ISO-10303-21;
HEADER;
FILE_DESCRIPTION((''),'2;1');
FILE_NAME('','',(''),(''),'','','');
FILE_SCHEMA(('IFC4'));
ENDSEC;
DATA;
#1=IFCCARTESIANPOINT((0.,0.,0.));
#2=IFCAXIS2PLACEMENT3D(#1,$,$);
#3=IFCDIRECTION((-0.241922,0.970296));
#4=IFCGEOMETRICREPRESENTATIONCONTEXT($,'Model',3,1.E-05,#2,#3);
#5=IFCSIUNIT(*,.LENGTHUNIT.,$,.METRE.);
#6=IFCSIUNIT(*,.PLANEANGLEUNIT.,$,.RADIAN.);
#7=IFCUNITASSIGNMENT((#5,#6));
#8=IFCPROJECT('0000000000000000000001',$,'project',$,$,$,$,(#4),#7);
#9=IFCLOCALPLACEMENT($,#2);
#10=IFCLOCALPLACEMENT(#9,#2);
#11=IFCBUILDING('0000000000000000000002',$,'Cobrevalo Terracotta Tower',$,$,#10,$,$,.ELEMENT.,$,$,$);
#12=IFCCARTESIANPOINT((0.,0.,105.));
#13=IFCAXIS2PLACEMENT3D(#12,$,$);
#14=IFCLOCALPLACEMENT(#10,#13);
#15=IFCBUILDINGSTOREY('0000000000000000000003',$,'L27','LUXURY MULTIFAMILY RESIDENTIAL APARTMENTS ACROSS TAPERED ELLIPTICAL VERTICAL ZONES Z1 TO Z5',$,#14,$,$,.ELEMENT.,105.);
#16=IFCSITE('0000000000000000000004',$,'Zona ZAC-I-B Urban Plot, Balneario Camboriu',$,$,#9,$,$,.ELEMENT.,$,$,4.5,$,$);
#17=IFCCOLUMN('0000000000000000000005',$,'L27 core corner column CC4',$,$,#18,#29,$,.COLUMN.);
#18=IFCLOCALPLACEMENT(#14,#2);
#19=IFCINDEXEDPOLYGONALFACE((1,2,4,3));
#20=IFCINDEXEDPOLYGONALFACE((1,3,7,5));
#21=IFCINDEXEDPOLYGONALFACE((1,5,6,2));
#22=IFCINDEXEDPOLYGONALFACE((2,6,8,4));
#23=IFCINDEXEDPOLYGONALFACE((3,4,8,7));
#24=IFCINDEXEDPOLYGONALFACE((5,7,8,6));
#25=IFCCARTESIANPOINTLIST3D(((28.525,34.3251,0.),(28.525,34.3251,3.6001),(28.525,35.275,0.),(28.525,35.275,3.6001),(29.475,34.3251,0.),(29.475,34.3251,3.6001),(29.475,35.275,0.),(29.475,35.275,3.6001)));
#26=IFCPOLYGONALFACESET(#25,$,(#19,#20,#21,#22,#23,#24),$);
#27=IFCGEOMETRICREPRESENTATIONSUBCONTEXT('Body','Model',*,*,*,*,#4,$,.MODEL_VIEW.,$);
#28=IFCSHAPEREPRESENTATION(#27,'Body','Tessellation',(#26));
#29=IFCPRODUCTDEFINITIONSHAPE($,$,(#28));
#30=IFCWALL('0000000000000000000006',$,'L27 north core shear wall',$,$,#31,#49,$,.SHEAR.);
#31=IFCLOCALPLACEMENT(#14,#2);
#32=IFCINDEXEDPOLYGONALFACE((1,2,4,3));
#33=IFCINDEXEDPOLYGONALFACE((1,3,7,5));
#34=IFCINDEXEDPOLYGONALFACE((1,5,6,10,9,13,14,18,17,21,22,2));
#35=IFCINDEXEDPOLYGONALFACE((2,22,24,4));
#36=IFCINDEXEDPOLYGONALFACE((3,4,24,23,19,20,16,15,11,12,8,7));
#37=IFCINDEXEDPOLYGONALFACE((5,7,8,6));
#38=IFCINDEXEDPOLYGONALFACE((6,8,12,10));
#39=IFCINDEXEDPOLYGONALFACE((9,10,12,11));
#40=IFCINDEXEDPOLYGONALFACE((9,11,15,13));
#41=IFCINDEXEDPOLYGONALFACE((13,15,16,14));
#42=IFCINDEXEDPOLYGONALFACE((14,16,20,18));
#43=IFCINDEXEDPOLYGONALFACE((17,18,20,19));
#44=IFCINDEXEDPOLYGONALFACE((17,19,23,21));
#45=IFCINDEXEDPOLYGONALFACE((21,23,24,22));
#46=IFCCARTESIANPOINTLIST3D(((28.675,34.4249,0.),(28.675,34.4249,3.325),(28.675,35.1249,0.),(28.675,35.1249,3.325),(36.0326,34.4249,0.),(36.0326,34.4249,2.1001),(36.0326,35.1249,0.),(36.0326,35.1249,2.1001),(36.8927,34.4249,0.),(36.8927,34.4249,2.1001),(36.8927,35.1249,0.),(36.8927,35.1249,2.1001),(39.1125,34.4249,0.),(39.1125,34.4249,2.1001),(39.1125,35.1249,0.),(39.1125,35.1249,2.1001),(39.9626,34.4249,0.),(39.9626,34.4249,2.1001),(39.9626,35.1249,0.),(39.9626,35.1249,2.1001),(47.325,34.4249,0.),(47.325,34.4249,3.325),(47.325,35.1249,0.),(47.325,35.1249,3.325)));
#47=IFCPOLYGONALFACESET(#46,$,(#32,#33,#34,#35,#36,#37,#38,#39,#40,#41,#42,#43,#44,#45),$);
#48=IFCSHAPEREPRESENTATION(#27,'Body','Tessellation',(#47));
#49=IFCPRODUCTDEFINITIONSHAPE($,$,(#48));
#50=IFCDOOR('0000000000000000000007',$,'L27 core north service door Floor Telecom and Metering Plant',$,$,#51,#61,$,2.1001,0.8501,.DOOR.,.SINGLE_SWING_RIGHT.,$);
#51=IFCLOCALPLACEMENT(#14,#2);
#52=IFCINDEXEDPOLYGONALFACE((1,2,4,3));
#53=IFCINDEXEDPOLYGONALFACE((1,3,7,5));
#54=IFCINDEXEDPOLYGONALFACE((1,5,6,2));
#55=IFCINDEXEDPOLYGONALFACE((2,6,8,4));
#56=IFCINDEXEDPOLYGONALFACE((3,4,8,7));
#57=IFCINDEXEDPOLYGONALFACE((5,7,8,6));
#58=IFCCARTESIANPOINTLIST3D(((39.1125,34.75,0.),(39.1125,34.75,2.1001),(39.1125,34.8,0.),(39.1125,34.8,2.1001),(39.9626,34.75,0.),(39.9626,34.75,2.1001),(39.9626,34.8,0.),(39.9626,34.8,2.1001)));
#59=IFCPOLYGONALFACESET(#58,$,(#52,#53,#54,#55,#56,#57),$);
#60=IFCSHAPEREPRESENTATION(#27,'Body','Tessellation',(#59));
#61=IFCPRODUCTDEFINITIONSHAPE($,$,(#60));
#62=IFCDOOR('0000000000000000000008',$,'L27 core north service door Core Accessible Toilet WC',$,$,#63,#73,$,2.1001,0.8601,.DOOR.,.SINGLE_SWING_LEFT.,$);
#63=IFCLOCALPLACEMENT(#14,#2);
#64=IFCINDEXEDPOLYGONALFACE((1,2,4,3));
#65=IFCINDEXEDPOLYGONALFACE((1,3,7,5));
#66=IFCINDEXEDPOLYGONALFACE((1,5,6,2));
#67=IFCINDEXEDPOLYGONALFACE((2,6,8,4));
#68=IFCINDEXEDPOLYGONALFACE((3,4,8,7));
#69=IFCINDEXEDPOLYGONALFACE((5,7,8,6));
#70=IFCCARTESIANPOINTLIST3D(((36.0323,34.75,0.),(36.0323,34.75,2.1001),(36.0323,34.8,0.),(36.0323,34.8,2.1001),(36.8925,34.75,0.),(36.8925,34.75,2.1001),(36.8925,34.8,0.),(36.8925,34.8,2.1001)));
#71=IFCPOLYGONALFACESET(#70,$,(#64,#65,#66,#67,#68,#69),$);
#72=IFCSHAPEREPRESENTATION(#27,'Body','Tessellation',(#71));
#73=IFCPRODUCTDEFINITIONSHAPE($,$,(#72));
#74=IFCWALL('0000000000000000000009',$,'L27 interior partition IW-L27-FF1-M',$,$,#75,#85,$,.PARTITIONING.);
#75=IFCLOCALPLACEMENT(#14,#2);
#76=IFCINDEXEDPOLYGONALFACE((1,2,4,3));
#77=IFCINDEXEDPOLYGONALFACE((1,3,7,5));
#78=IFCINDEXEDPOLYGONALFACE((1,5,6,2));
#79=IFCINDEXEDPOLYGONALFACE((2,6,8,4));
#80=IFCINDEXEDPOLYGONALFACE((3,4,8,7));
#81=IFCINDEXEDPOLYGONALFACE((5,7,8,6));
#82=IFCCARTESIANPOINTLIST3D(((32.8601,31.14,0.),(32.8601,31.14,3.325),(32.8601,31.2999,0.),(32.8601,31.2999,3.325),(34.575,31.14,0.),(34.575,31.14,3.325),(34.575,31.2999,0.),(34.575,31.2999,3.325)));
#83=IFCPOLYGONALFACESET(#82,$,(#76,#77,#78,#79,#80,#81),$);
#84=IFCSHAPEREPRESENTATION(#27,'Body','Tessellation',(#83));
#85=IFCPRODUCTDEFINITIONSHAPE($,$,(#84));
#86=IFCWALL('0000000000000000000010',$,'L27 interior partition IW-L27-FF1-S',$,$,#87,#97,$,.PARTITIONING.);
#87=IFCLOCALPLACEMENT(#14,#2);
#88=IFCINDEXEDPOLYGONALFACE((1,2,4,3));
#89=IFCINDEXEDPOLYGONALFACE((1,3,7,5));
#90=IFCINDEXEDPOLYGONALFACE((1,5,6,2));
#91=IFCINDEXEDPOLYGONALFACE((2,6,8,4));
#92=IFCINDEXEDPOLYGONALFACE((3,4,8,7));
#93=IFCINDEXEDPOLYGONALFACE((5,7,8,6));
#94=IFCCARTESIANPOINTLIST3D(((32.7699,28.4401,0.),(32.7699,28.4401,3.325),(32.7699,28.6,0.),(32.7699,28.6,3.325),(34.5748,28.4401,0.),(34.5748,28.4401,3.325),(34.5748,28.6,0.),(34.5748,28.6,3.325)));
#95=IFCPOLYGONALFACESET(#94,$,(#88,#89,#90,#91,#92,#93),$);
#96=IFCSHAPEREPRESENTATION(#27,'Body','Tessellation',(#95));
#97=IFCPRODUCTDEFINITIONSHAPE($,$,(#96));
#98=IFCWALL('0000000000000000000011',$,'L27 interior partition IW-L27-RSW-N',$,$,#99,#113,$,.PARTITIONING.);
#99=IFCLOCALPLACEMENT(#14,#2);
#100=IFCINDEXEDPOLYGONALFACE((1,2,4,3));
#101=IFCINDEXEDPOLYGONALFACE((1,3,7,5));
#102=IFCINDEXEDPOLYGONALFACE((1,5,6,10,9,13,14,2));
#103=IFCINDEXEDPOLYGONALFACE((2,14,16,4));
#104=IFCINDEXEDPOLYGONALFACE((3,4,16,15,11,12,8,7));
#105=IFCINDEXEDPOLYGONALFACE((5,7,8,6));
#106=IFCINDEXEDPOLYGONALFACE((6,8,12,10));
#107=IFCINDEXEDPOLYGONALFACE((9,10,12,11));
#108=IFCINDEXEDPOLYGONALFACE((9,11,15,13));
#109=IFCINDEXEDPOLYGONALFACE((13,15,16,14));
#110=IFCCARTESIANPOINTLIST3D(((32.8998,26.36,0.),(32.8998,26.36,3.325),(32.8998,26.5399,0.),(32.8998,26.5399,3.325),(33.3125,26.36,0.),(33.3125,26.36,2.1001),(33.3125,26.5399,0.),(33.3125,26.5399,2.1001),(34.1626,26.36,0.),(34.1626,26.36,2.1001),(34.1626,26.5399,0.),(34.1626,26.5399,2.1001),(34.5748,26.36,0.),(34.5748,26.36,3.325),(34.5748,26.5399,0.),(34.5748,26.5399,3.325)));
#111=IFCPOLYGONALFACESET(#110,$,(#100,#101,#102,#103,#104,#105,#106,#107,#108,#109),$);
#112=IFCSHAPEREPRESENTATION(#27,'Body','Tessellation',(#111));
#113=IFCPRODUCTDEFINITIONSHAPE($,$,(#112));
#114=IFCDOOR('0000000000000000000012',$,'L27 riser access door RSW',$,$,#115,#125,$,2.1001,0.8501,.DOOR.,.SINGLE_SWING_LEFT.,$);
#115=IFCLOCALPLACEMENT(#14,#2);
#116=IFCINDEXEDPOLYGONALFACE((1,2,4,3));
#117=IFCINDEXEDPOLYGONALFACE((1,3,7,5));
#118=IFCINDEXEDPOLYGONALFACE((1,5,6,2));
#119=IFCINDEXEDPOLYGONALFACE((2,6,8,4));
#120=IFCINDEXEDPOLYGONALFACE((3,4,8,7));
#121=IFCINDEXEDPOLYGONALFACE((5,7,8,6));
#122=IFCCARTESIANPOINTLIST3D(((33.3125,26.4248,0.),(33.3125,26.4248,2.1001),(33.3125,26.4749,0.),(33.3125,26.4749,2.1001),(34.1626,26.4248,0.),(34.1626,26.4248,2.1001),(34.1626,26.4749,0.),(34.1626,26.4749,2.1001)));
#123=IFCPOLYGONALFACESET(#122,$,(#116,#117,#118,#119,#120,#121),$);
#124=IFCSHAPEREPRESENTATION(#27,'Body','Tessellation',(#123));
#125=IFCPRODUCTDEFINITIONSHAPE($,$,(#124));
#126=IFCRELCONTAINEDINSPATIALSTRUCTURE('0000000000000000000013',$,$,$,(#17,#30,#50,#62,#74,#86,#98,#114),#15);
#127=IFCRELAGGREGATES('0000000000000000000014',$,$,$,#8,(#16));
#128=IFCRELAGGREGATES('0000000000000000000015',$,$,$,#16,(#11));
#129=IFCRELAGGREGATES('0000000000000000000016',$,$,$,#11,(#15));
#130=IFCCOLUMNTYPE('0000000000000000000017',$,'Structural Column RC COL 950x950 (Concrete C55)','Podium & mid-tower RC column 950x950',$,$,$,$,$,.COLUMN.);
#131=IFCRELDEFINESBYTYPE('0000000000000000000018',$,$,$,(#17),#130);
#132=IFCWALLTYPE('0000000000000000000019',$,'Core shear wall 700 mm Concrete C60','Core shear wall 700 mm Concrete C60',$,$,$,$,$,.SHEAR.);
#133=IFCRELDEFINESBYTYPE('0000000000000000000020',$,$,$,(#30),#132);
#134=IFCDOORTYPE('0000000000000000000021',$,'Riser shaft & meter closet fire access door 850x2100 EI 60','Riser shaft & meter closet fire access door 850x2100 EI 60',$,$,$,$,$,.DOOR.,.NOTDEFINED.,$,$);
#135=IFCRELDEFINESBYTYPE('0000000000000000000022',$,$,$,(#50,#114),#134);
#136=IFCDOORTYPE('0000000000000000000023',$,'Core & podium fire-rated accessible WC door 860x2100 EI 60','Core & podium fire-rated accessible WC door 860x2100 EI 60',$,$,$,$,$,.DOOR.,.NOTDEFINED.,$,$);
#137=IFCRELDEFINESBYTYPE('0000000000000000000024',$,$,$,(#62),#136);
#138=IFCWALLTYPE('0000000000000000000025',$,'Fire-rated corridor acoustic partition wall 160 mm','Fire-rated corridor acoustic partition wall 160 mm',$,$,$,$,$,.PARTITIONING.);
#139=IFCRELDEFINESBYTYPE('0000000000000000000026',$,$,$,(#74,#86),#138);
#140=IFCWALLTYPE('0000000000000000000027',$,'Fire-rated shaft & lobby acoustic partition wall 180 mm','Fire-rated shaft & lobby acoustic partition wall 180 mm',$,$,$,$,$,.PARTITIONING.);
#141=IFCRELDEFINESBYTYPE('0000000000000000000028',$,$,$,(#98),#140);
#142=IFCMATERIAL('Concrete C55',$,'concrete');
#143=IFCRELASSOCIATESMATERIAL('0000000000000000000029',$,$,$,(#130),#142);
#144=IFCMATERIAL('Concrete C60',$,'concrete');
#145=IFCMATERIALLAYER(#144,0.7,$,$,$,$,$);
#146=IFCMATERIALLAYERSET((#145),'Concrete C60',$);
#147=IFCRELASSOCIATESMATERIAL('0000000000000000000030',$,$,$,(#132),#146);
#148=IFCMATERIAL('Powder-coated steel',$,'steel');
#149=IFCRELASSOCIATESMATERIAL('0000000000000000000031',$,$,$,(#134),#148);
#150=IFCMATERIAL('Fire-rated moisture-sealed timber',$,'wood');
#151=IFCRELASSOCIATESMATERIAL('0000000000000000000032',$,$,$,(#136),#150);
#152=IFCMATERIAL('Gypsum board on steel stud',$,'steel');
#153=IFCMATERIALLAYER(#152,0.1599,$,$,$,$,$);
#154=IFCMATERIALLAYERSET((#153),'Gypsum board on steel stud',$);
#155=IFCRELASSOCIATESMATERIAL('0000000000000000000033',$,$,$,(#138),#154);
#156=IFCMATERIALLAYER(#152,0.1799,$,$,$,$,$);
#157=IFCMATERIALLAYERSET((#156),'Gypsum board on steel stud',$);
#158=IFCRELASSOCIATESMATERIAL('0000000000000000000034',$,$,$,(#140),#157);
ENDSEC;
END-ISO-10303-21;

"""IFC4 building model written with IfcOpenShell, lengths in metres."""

from ifc_helpers import new_model, si_unit, direction, frame, frame_2d, origin, origin_2d, place, context, subcontext, project, spatial, rectangle, extrude, source, transform, mapped, material, layer, layer_set, material_profile, profile_set, type_object, element, fill, save


model = new_model("IFC4")

# Units and contexts
model_context = context("Model", 3, precision=1e-05, world=origin(), true_north=direction((-0.241922, 0.970296)))
body_context = subcontext(model_context, "Body", "Model", "MODEL_VIEW")
ifc_project = project(units=[si_unit("LENGTHUNIT", "METRE"), si_unit("PLANEANGLEUNIT", "RADIAN")], contexts=[model_context])

# Site, building, storey
site_placement = place(None, origin())
site = spatial("IfcSite", under=ifc_project, at=site_placement, Name="Zona ZAC-I-B Urban Plot, Balneario Camboriu", CompositionType="ELEMENT", RefElevation=4.5)
building_placement = place(site_placement, origin())
building = spatial("IfcBuilding", under=site, at=building_placement, Name="Cobrevalo Terracotta Tower", CompositionType="ELEMENT")
storey_placement = place(building_placement, frame((0.0, 0.0, 105.0)))
storey = spatial("IfcBuildingStorey", under=building, at=storey_placement, Name="L27", Description="LUXURY MULTIFAMILY RESIDENTIAL APARTMENTS ACROSS TAPERED ELLIPTICAL VERTICAL ZONES Z1 TO Z5", CompositionType="ELEMENT", Elevation=105.0)

# Column
ifc_material_1 = material(Name="Concrete C55", Category="concrete")
ifc_material_profile = material_profile(ifc_material_1, rectangle(XDim=0.95, YDim=0.95, at=origin_2d()), Name="RC COL 950x950")
ifc_profile_set = profile_set([ifc_material_profile], Name="Concrete C55")
column_type = type_object("IfcColumnType", Name="Structural Column RC COL 950x950 (Concrete C55)", Description="Podium & mid-tower RC column 950x950", PredefinedType="COLUMN", material=ifc_profile_set)
column_placement = place(storey_placement, frame((29.0, 34.8, 0.0), z_axis=(0.0, 0.0, 1.0), x_axis=(1.0, 0.0, 0.0)))
element("IfcColumn", 1, at=column_placement, inside=storey, type_object=column_type, Name="L27 core corner column CC4", PredefinedType="COLUMN", context=body_context, shape_type="SweptSolid", body=[
    extrude(rectangle(XDim=0.95, YDim=0.95, at=origin_2d()), origin(), (0.0, 0.0, 1.0), 3.6001),
])

# Wall, openings, doors
ifc_material_2 = material(Name="Concrete C60", Category="concrete")
ifc_layer_1 = layer(ifc_material_2, 0.7)
ifc_layer_set_1 = layer_set([ifc_layer_1], Name="Concrete C60")
wall_type_1 = type_object("IfcWallType", Name="Core shear wall 700 mm Concrete C60", Description="Core shear wall 700 mm Concrete C60", PredefinedType="SHEAR", material=ifc_layer_set_1)
wall_1_placement = place(storey_placement, frame((28.675, 34.7749, 0.0), z_axis=(0.0, 0.0, 1.0), x_axis=(1.0, 0.0, 0.0)))
wall_1 = element("IfcWall", 2, at=wall_1_placement, inside=storey, type_object=wall_type_1, Name="L27 north core shear wall", PredefinedType="SHEAR", context=body_context, shape_type="SweptSolid", body=[
    extrude(rectangle(XDim=18.6499, YDim=0.7, at=frame_2d((9.325, 0.0))), origin(), (0.0, 0.0, 1.0), 3.325),
])
opening_1_placement = place(wall_1_placement, frame((7.3574, 0.0, 0.0)))
opening_1 = element("IfcOpeningElement", 3, at=opening_1_placement, cuts=wall_1, PredefinedType="OPENING", context=body_context, shape_type="SweptSolid", body=[
    extrude(rectangle(XDim=0.8601, YDim=2.1001, at=frame_2d((0.4302, 1.05))), frame((0.0, 0.3599, 0.0), z_axis=(0.0, -1.0, 0.0), x_axis=(1.0, 0.0, 0.0)), (0.0, 0.0, 1.0), 0.72),
])
opening_2_placement = place(wall_1_placement, frame((10.4375, 0.0, 0.0)))
opening_2 = element("IfcOpeningElement", 4, at=opening_2_placement, cuts=wall_1, PredefinedType="OPENING", context=body_context, shape_type="SweptSolid", body=[
    extrude(rectangle(XDim=0.8501, YDim=2.1001, at=frame_2d((0.425, 1.05))), frame((0.0, 0.3599, 0.0), z_axis=(0.0, -1.0, 0.0), x_axis=(1.0, 0.0, 0.0)), (0.0, 0.0, 1.0), 0.72),
])
ifc_material_3 = material(Name="Powder-coated steel", Category="steel")
door_type_1 = type_object("IfcDoorType", Name="Riser shaft & meter closet fire access door 850x2100 EI 60", Description="Riser shaft & meter closet fire access door 850x2100 EI 60", OperationType="NOTDEFINED", PredefinedType="DOOR", material=ifc_material_3)
shared_shape_1 = source(origin(), body_context, "Body", "SweptSolid", [
    extrude(rectangle(XDim=0.8501, YDim=2.1001, at=frame_2d((0.425, 1.05))), frame((0.0, 0.0249, 0.0), z_axis=(0.0, -1.0, 0.0), x_axis=(1.0, 0.0, 0.0)), (0.0, 0.0, 1.0), 0.05),
])
door_1_placement = place(opening_2_placement, frame((0.8501, 0.0, 0.0), z_axis=(0.0, 0.0, 1.0), x_axis=(-1.0, 0.0, 0.0)))
door_1 = element("IfcDoor", 5, at=door_1_placement, inside=storey, type_object=door_type_1, Name="L27 core north service door Floor Telecom and Metering Plant", OperationType="SINGLE_SWING_RIGHT", OverallHeight=2.1001, OverallWidth=0.8501, PredefinedType="DOOR", context=body_context, shape_type="MappedRepresentation", body=[
    mapped(shared_shape_1, transform((0.0, 0.0, 0.0), scale=1.0)),
])
fill(opening_2, door_1)
ifc_material_4 = material(Name="Fire-rated moisture-sealed timber", Category="wood")
door_type_2 = type_object("IfcDoorType", Name="Core & podium fire-rated accessible WC door 860x2100 EI 60", Description="Core & podium fire-rated accessible WC door 860x2100 EI 60", OperationType="NOTDEFINED", PredefinedType="DOOR", material=ifc_material_4)
shared_shape_2 = source(origin(), body_context, "Body", "SweptSolid", [
    extrude(rectangle(XDim=0.8601, YDim=2.1001, at=frame_2d((0.4302, 1.05))), frame((0.0, 0.0249, 0.0), z_axis=(0.0, -1.0, 0.0), x_axis=(1.0, 0.0, 0.0)), (0.0, 0.0, 1.0), 0.05),
])
door_2_placement = place(opening_1_placement, frame((0.8601, 0.0, 0.0), z_axis=(0.0, 0.0, 1.0), x_axis=(-1.0, 0.0, 0.0)))
door_2 = element("IfcDoor", 6, at=door_2_placement, inside=storey, type_object=door_type_2, Name="L27 core north service door Core Accessible Toilet WC", OperationType="SINGLE_SWING_LEFT", OverallHeight=2.1001, OverallWidth=0.8601, PredefinedType="DOOR", context=body_context, shape_type="MappedRepresentation", body=[
    mapped(shared_shape_2, transform((0.0, 0.0, 0.0), scale=1.0)),
])
fill(opening_1, door_2)

# Walls
ifc_material_5 = material(Name="Gypsum board on steel stud", Category="steel")
ifc_layer_2 = layer(ifc_material_5, 0.1599)
ifc_layer_set_2 = layer_set([ifc_layer_2], Name="Gypsum board on steel stud")
wall_type_2 = type_object("IfcWallType", Name="Fire-rated corridor acoustic partition wall 160 mm", Description="Fire-rated corridor acoustic partition wall 160 mm", PredefinedType="PARTITIONING", material=ifc_layer_set_2)
wall_2_placement = place(storey_placement, frame((32.8601, 31.22, 0.0), z_axis=(0.0, 0.0, 1.0), x_axis=(1.0, 0.0, 0.0)))
element("IfcWall", 7, at=wall_2_placement, inside=storey, type_object=wall_type_2, Name="L27 interior partition IW-L27-FF1-M", PredefinedType="PARTITIONING", context=body_context, shape_type="SweptSolid", body=[
    extrude(rectangle(XDim=1.7148, YDim=0.1599, at=frame_2d((0.8574, 0.0))), origin(), (0.0, 0.0, 1.0), 3.325),
])
wall_3_placement = place(storey_placement, frame((32.77, 28.52, 0.0), z_axis=(0.0, 0.0, 1.0), x_axis=(1.0, 0.0, 0.0)))
element("IfcWall", 8, at=wall_3_placement, inside=storey, type_object=wall_type_2, Name="L27 interior partition IW-L27-FF1-S", PredefinedType="PARTITIONING", context=body_context, shape_type="SweptSolid", body=[
    extrude(rectangle(XDim=1.8049, YDim=0.1599, at=frame_2d((0.9023, 0.0))), origin(), (0.0, 0.0, 1.0), 3.325),
])

# Wall, opening, door
ifc_layer_3 = layer(ifc_material_5, 0.1799)
ifc_layer_set_3 = layer_set([ifc_layer_3], Name="Gypsum board on steel stud")
wall_type_3 = type_object("IfcWallType", Name="Fire-rated shaft & lobby acoustic partition wall 180 mm", Description="Fire-rated shaft & lobby acoustic partition wall 180 mm", PredefinedType="PARTITIONING", material=ifc_layer_set_3)
wall_4_placement = place(storey_placement, frame((32.8999, 26.45, 0.0), z_axis=(0.0, 0.0, 1.0), x_axis=(1.0, 0.0, 0.0)))
wall_4 = element("IfcWall", 9, at=wall_4_placement, inside=storey, type_object=wall_type_3, Name="L27 interior partition IW-L27-RSW-N", PredefinedType="PARTITIONING", context=body_context, shape_type="SweptSolid", body=[
    extrude(rectangle(XDim=1.675, YDim=0.1799, at=frame_2d((0.8374, 0.0))), origin(), (0.0, 0.0, 1.0), 3.325),
])
opening_3_placement = place(wall_4_placement, frame((0.4126, 0.0, 0.0)))
opening_3 = element("IfcOpeningElement", 10, at=opening_3_placement, cuts=wall_4, PredefinedType="OPENING", context=body_context, shape_type="SweptSolid", body=[
    extrude(rectangle(XDim=0.8501, YDim=2.1001, at=frame_2d((0.425, 1.05))), frame((0.0, 0.1001, 0.0), z_axis=(0.0, -1.0, 0.0), x_axis=(1.0, 0.0, 0.0)), (0.0, 0.0, 1.0), 0.2),
])
door_3_placement = place(opening_3_placement, origin())
door_3 = element("IfcDoor", 11, at=door_3_placement, inside=storey, type_object=door_type_1, Name="L27 riser access door RSW", OperationType="SINGLE_SWING_LEFT", OverallHeight=2.1001, OverallWidth=0.8501, PredefinedType="DOOR", context=body_context, shape_type="MappedRepresentation", body=[
    mapped(shared_shape_1, transform((0.0, 0.0, 0.0), scale=1.0)),
])
fill(opening_3, door_3)

save(model, "model.ifc")
